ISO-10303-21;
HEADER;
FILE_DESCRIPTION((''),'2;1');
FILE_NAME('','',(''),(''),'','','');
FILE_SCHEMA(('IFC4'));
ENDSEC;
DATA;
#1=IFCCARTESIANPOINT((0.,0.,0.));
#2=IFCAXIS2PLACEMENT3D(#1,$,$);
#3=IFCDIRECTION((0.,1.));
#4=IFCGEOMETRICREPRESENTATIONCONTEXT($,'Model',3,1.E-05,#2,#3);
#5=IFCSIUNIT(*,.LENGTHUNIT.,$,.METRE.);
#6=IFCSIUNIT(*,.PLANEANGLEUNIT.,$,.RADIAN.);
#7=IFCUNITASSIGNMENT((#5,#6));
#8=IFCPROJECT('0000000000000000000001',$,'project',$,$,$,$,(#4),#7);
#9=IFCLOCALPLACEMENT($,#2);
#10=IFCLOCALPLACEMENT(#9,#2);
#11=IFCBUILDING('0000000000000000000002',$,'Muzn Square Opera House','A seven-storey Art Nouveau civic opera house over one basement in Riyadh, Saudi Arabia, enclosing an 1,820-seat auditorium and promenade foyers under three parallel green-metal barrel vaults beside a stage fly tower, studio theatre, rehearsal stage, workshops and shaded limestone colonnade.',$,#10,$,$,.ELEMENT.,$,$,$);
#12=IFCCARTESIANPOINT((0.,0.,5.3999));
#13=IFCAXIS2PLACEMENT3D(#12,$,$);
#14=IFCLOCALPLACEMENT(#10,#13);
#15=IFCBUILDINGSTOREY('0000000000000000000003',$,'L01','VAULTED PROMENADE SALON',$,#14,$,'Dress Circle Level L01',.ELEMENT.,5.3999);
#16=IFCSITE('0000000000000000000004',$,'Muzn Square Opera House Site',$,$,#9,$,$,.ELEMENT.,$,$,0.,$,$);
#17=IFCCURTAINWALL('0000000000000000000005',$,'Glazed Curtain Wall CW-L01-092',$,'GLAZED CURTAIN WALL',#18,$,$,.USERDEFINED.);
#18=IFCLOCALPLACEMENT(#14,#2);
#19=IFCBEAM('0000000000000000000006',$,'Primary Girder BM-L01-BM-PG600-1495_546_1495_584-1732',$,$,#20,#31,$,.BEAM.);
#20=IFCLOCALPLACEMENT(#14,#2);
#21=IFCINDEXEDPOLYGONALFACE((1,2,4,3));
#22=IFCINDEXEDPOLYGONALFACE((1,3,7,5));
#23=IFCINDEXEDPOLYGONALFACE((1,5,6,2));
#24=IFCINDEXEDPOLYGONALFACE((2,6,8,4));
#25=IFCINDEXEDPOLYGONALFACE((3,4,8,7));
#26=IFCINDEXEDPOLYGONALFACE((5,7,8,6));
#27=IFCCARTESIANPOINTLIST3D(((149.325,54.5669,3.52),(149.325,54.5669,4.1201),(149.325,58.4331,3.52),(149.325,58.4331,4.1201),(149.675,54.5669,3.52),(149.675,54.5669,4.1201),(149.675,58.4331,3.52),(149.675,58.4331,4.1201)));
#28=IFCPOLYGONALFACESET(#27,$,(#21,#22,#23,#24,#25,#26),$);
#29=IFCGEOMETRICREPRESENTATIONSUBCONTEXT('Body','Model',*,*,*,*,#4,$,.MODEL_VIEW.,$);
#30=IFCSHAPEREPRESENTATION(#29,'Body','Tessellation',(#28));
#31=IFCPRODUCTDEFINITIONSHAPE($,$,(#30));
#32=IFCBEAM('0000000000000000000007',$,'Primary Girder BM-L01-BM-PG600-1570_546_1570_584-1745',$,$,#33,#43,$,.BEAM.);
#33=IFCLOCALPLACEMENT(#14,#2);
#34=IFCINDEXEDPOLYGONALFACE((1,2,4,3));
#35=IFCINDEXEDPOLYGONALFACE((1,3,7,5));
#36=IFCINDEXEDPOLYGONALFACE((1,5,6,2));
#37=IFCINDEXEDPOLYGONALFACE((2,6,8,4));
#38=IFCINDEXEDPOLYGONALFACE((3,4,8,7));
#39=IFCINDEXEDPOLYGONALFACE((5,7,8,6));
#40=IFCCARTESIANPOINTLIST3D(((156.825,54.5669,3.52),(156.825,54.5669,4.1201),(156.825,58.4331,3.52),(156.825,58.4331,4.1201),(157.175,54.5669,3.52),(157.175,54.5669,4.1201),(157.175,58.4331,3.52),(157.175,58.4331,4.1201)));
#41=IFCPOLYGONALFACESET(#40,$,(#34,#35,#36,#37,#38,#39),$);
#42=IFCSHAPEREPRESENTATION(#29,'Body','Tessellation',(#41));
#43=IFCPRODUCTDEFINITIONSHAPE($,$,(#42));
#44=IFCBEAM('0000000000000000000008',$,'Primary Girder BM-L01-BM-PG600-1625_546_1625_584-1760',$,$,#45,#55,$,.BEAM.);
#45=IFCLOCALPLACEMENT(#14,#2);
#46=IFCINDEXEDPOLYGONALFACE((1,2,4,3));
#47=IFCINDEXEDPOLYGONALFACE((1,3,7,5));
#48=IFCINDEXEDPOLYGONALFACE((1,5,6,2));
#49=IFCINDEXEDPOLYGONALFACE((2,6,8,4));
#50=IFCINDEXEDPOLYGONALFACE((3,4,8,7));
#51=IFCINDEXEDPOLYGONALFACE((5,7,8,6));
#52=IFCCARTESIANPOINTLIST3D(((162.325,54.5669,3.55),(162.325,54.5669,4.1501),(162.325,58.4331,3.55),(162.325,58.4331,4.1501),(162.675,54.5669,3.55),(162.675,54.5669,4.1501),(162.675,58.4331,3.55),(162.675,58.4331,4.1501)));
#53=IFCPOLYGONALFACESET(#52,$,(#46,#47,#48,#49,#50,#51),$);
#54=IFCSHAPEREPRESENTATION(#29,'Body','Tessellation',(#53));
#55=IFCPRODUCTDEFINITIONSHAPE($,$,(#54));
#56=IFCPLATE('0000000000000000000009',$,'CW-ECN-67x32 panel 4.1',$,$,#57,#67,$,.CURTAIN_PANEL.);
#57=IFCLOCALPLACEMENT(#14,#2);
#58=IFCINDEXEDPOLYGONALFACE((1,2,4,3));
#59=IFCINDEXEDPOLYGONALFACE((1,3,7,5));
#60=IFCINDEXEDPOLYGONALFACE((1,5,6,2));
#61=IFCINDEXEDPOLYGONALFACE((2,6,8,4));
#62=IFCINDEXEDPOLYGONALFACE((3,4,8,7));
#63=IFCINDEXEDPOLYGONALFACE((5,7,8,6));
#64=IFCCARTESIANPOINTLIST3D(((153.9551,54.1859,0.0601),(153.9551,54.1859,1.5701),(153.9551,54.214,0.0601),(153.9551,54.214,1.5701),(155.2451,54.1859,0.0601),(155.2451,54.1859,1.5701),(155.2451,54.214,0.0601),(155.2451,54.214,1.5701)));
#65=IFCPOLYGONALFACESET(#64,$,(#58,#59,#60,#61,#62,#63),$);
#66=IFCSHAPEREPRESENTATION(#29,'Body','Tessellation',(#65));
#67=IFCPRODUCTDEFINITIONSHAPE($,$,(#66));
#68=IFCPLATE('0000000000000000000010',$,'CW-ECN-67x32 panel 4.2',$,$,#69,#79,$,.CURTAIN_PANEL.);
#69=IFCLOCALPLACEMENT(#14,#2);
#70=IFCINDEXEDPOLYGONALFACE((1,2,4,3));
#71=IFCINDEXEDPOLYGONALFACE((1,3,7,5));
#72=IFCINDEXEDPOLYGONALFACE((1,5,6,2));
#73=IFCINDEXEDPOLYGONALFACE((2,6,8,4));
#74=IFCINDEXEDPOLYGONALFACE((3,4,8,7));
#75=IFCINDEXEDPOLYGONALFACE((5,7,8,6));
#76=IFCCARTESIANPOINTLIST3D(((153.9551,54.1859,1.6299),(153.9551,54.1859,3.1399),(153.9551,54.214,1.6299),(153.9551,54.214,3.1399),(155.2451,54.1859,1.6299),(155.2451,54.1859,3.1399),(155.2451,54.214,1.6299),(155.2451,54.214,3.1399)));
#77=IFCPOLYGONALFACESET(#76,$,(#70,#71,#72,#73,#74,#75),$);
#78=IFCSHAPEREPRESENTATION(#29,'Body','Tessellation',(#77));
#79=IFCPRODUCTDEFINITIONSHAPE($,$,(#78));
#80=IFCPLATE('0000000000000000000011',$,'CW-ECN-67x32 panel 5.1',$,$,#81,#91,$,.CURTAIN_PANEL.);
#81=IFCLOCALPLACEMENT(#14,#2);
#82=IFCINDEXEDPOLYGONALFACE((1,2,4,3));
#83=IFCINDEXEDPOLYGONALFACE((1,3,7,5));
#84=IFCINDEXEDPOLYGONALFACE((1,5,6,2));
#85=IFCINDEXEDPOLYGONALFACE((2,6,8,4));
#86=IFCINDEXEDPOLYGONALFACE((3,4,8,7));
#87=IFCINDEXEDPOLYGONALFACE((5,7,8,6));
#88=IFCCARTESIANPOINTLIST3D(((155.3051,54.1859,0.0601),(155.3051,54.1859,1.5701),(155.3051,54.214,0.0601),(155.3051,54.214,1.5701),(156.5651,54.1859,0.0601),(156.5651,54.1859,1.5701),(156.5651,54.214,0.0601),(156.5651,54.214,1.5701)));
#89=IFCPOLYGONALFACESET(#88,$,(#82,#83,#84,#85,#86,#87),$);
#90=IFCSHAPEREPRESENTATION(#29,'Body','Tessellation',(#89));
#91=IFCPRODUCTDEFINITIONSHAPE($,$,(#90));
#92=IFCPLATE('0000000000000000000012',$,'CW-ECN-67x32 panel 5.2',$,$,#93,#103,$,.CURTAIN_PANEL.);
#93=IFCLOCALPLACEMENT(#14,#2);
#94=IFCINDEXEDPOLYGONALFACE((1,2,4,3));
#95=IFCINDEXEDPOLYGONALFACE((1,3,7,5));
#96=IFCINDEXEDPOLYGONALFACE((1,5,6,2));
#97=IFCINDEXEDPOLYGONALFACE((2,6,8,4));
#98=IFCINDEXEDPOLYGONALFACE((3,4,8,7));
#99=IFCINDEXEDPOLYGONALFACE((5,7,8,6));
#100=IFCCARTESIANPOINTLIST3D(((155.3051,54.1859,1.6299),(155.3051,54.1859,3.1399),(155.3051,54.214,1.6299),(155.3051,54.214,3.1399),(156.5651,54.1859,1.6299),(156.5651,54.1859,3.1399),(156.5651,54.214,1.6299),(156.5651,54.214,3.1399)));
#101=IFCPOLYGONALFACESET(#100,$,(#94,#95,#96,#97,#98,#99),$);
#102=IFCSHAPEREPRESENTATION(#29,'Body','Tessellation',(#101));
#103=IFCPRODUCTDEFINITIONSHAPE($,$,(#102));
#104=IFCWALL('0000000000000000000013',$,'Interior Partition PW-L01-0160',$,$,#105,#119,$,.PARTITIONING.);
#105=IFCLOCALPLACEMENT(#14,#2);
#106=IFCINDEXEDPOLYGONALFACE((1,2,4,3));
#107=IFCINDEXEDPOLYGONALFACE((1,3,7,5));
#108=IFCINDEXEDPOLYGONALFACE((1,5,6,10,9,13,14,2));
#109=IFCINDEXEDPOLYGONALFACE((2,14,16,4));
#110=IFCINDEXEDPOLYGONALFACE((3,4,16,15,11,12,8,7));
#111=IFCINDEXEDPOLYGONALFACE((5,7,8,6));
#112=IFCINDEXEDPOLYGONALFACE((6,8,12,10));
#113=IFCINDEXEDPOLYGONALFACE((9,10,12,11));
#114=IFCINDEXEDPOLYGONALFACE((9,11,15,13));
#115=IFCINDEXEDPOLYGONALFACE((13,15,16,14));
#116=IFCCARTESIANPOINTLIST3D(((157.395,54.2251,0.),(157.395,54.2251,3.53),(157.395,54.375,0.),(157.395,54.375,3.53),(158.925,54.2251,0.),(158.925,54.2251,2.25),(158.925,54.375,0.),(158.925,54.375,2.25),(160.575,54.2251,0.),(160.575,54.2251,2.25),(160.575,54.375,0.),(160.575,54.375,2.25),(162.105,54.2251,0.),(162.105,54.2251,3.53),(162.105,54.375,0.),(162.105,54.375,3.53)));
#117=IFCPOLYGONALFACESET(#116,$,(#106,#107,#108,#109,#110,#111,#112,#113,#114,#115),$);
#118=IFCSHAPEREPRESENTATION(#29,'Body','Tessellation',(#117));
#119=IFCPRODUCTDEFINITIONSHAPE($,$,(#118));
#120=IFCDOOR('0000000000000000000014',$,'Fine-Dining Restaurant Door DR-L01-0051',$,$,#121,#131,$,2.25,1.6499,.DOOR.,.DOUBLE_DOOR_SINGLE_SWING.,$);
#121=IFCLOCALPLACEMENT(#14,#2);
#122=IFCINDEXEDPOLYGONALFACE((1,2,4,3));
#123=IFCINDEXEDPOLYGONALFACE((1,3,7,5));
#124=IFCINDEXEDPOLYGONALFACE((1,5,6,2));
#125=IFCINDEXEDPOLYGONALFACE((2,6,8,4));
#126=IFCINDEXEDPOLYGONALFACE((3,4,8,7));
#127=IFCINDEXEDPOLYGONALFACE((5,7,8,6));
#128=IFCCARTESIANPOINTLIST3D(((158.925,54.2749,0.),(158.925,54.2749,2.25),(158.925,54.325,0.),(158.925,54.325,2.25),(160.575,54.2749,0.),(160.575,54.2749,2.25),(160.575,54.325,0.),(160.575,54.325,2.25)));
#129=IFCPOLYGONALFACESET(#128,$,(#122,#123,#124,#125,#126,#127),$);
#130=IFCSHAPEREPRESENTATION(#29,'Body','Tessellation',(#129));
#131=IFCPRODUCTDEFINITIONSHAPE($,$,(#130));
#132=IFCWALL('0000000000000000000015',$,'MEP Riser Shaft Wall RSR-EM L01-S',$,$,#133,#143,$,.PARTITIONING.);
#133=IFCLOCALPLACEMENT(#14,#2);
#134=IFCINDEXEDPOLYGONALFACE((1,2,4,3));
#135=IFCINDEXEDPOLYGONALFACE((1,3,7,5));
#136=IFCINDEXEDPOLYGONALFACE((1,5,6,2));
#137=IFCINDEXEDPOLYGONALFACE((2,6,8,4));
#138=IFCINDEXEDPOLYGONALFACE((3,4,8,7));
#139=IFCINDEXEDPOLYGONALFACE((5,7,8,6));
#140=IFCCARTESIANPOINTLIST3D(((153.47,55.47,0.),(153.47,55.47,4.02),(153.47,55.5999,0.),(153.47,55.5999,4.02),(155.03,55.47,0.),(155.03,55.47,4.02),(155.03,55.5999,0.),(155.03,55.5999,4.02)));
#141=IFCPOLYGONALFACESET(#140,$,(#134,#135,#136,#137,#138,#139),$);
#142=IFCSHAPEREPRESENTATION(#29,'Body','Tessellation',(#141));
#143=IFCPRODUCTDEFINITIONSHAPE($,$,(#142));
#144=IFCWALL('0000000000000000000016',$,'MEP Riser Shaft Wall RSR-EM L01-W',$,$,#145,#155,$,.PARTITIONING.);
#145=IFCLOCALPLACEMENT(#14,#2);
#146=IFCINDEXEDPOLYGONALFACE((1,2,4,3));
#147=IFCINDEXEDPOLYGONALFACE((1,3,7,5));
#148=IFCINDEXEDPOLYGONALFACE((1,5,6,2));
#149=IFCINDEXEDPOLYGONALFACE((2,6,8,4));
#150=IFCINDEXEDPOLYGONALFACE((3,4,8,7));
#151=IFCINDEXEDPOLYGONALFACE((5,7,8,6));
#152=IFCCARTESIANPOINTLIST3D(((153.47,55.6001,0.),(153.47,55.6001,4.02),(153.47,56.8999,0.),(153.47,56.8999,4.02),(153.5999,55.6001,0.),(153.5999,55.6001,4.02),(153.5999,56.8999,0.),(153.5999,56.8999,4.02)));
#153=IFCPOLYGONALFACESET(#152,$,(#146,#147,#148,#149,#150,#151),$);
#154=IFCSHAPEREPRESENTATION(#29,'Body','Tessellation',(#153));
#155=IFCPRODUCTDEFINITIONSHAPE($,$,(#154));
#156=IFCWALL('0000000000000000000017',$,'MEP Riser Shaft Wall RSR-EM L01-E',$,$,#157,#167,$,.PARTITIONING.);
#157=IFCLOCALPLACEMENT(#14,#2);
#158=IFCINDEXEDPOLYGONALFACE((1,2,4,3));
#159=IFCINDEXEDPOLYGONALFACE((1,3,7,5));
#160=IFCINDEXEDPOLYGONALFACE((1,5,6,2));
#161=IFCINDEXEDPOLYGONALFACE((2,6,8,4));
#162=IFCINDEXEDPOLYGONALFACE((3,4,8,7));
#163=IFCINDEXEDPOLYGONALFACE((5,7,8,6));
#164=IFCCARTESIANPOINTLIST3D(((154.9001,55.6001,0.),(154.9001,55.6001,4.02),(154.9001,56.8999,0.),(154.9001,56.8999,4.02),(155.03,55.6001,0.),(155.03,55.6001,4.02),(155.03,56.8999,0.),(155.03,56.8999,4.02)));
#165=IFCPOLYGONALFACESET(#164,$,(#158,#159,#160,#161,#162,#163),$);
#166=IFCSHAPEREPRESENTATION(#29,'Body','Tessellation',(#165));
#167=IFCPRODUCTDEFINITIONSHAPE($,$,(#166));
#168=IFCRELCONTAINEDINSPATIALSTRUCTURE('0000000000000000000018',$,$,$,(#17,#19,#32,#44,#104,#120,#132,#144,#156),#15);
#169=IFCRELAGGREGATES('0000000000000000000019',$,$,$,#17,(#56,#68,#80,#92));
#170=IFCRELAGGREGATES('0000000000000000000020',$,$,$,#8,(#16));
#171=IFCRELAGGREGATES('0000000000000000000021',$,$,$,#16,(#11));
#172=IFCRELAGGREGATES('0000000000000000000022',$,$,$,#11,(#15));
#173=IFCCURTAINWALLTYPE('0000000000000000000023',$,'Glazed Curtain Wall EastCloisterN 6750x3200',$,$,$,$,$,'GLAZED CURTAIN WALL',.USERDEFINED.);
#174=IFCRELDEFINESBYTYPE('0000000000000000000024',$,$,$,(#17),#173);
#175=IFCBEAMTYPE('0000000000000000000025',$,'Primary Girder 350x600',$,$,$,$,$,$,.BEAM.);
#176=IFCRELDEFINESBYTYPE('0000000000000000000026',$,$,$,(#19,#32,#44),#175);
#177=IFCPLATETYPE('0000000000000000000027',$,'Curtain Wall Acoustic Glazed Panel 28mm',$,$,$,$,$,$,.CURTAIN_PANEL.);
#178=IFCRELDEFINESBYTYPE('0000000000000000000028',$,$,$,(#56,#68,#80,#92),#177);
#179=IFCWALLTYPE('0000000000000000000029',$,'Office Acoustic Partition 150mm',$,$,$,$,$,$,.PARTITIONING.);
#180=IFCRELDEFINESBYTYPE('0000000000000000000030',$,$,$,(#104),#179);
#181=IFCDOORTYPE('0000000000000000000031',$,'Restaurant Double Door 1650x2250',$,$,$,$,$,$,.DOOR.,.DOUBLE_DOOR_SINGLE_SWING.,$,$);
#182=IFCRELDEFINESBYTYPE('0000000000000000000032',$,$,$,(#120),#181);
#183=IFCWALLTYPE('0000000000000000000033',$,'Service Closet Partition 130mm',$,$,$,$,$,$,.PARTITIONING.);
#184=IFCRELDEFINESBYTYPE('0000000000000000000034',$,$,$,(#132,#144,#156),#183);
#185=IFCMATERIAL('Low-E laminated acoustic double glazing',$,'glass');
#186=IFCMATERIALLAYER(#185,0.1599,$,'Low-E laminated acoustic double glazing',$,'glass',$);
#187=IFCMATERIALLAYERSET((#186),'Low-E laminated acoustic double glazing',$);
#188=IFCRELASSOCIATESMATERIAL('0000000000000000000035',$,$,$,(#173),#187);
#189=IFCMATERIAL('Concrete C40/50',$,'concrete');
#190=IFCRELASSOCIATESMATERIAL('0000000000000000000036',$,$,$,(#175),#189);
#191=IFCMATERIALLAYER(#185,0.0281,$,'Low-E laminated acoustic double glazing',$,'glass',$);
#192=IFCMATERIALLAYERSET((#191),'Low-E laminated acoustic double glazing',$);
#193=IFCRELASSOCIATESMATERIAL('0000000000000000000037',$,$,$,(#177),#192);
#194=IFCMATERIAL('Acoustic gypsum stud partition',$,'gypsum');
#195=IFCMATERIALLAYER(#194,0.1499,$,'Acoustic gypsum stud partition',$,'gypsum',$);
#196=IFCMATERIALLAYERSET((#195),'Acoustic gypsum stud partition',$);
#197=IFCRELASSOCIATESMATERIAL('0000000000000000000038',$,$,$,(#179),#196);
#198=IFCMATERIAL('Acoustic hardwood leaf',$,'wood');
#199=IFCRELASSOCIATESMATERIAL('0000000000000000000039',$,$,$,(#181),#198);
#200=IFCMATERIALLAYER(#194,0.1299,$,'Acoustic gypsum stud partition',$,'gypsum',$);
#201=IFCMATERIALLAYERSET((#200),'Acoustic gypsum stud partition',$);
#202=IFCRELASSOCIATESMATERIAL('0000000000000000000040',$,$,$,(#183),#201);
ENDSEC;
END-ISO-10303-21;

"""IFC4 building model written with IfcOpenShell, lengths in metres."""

from ifc_helpers import new_model, si_unit, direction, frame, frame_2d, origin, origin_2d, place, context, subcontext, project, spatial, rectangle, extrude, material, layer, layer_set, material_profile, profile_set, type_object, element, fill, aggregate, save


model = new_model("IFC4")

# Units and contexts
model_context = context("Model", 3, precision=1e-05, world=origin(), true_north=direction((0.0, 1.0)))
body_context = subcontext(model_context, "Body", "Model", "MODEL_VIEW")
ifc_project = project(units=[si_unit("LENGTHUNIT", "METRE"), si_unit("PLANEANGLEUNIT", "RADIAN")], contexts=[model_context])

# Site, building, storey
site_placement = place(None, origin())
site = spatial("IfcSite", under=ifc_project, at=site_placement, Name="Muzn Square Opera House Site", CompositionType="ELEMENT", RefElevation=0.0)
building_placement = place(site_placement, origin())
building = spatial("IfcBuilding", under=site, at=building_placement, Name="Muzn Square Opera House", Description="A seven-storey Art Nouveau civic opera house over one basement in Riyadh, Saudi Arabia, enclosing an 1,820-seat auditorium and promenade foyers under three parallel green-metal barrel vaults beside a stage fly tower, studio theatre, rehearsal stage, workshops and shaded limestone colonnade.", CompositionType="ELEMENT")
storey_placement = place(building_placement, frame((0.0, 0.0, 5.3999)))
storey = spatial("IfcBuildingStorey", under=building, at=storey_placement, Name="L01", Description="VAULTED PROMENADE SALON", LongName="Dress Circle Level L01", CompositionType="ELEMENT", Elevation=5.3999)

# Curtain wall
ifc_material_1 = material(Name="Low-E laminated acoustic double glazing", Category="glass")
ifc_layer_1 = layer(ifc_material_1, 0.1599, Name="Low-E laminated acoustic double glazing", Category="glass")
ifc_layer_set_1 = layer_set([ifc_layer_1], Name="Low-E laminated acoustic double glazing")
curtain_wall_type = type_object("IfcCurtainWallType", Name="Glazed Curtain Wall EastCloisterN 6750x3200", ElementType="GLAZED CURTAIN WALL", PredefinedType="USERDEFINED", material=ifc_layer_set_1)
curtain_wall_placement = place(storey_placement, origin())
curtain_wall = element("IfcCurtainWall", 1, at=curtain_wall_placement, inside=storey, type_object=curtain_wall_type, Name="Glazed Curtain Wall CW-L01-092", ObjectType="GLAZED CURTAIN WALL", PredefinedType="USERDEFINED")

# Beams
ifc_material_2 = material(Name="Concrete C40/50", Category="concrete")
ifc_material_profile_1 = material_profile(ifc_material_2, rectangle(XDim=0.3501, YDim=0.6001, at=origin_2d()), Name="RCB 350x600", Category="concrete")
ifc_profile_set_1 = profile_set([ifc_material_profile_1], Name="Concrete C40/50")
beam_type = type_object("IfcBeamType", Name="Primary Girder 350x600", PredefinedType="BEAM", material=ifc_profile_set_1)
for number, where, z_axis, x_axis, name in (
    (2, (149.5, 54.5669, 3.8201), (0.0, 1.0, 0.0), (-1.0, 0.0, 0.0), "Primary Girder BM-L01-BM-PG600-1495_546_1495_584-1732"),
    (3, (157.0, 54.5669, 3.8201), (0.0, 1.0, 0.0), (-1.0, 0.0, 0.0), "Primary Girder BM-L01-BM-PG600-1570_546_1570_584-1745"),
    (4, (162.5, 54.5669, 3.8501), (0.0, 1.0, 0.0), (-1.0, 0.0, 0.0), "Primary Girder BM-L01-BM-PG600-1625_546_1625_584-1760"),
):
    element("IfcBeam", number, at=place(storey_placement, frame(where, z_axis=z_axis, x_axis=x_axis)), inside=storey, type_object=beam_type, Name=name, PredefinedType="BEAM", context=body_context, shape_type="SweptSolid", body=[
        extrude(rectangle(XDim=0.3501, YDim=0.6001, at=origin_2d()), origin(), (0.0, 0.0, 1.0), 3.8662),
    ])

# Plates
ifc_layer_2 = layer(ifc_material_1, 0.0281, Name="Low-E laminated acoustic double glazing", Category="glass")
ifc_layer_set_2 = layer_set([ifc_layer_2], Name="Low-E laminated acoustic double glazing")
plate_type = type_object("IfcPlateType", Name="Curtain Wall Acoustic Glazed Panel 28mm", PredefinedType="CURTAIN_PANEL", material=ifc_layer_set_2)
plate_1_placement = place(storey_placement, frame((154.6001, 54.2, 0.0601), z_axis=(0.0, 0.0, 1.0), x_axis=(1.0, 0.0, 0.0)))
plate_1 = element("IfcPlate", 5, at=plate_1_placement, type_object=plate_type, Name="CW-ECN-67x32 panel 4.1", PredefinedType="CURTAIN_PANEL", context=body_context, shape_type="SweptSolid", body=[
    extrude(rectangle(XDim=1.29, YDim=0.0281, at=origin_2d()), origin(), (0.0, 0.0, 1.0), 1.51),
])
plate_2_placement = place(storey_placement, frame((154.6001, 54.2, 1.6299), z_axis=(0.0, 0.0, 1.0), x_axis=(1.0, 0.0, 0.0)))
plate_2 = element("IfcPlate", 6, at=plate_2_placement, type_object=plate_type, Name="CW-ECN-67x32 panel 4.2", PredefinedType="CURTAIN_PANEL", context=body_context, shape_type="SweptSolid", body=[
    extrude(rectangle(XDim=1.29, YDim=0.0281, at=origin_2d()), origin(), (0.0, 0.0, 1.0), 1.51),
])
plate_3_placement = place(storey_placement, frame((155.9351, 54.2, 0.0601), z_axis=(0.0, 0.0, 1.0), x_axis=(1.0, 0.0, 0.0)))
plate_3 = element("IfcPlate", 7, at=plate_3_placement, type_object=plate_type, Name="CW-ECN-67x32 panel 5.1", PredefinedType="CURTAIN_PANEL", context=body_context, shape_type="SweptSolid", body=[
    extrude(rectangle(XDim=1.26, YDim=0.0281, at=origin_2d()), origin(), (0.0, 0.0, 1.0), 1.51),
])
plate_4_placement = place(storey_placement, frame((155.9351, 54.2, 1.6299), z_axis=(0.0, 0.0, 1.0), x_axis=(1.0, 0.0, 0.0)))
plate_4 = element("IfcPlate", 8, at=plate_4_placement, type_object=plate_type, Name="CW-ECN-67x32 panel 5.2", PredefinedType="CURTAIN_PANEL", context=body_context, shape_type="SweptSolid", body=[
    extrude(rectangle(XDim=1.26, YDim=0.0281, at=origin_2d()), origin(), (0.0, 0.0, 1.0), 1.51),
])
aggregate(curtain_wall, [plate_1, plate_2, plate_3, plate_4])

# Wall, opening, door
ifc_material_3 = material(Name="Acoustic gypsum stud partition", Category="gypsum")
ifc_layer_3 = layer(ifc_material_3, 0.1499, Name="Acoustic gypsum stud partition", Category="gypsum")
ifc_layer_set_3 = layer_set([ifc_layer_3], Name="Acoustic gypsum stud partition")
wall_type_1 = type_object("IfcWallType", Name="Office Acoustic Partition 150mm", PredefinedType="PARTITIONING", material=ifc_layer_set_3)
wall_1_placement = place(storey_placement, frame((157.395, 54.3, 0.0), z_axis=(0.0, 0.0, 1.0), x_axis=(1.0, 0.0, 0.0)))
wall_1 = element("IfcWall", 9, at=wall_1_placement, inside=storey, type_object=wall_type_1, Name="Interior Partition PW-L01-0160", PredefinedType="PARTITIONING", context=body_context, shape_type="SweptSolid", body=[
    extrude(rectangle(XDim=4.71, YDim=0.1499, at=frame_2d((2.355, 0.0))), origin(), (0.0, 0.0, 1.0), 3.53),
])
opening_placement = place(wall_1_placement, frame((1.53, 0.0, 0.0)))
opening = element("IfcOpeningElement", 10, at=opening_placement, cuts=wall_1, PredefinedType="OPENING", context=body_context, shape_type="SweptSolid", body=[
    extrude(rectangle(XDim=1.6499, YDim=2.25, at=frame_2d((0.825, 1.125))), frame((0.0, 0.085, 0.0), z_axis=(0.0, -1.0, 0.0), x_axis=(1.0, 0.0, 0.0)), (0.0, 0.0, 1.0), 0.1699),
])
ifc_material_4 = material(Name="Acoustic hardwood leaf", Category="wood")
door_type = type_object("IfcDoorType", Name="Restaurant Double Door 1650x2250", OperationType="DOUBLE_DOOR_SINGLE_SWING", PredefinedType="DOOR", material=ifc_material_4)
door_placement = place(opening_placement, origin())
door = element("IfcDoor", 11, at=door_placement, inside=storey, type_object=door_type, Name="Fine-Dining Restaurant Door DR-L01-0051", OperationType="DOUBLE_DOOR_SINGLE_SWING", OverallHeight=2.25, OverallWidth=1.6499, PredefinedType="DOOR", context=body_context, shape_type="SweptSolid", body=[
    extrude(rectangle(XDim=1.6499, YDim=2.25, at=frame_2d((0.825, 1.125))), frame((0.0, 0.0249, 0.0), z_axis=(0.0, -1.0, 0.0), x_axis=(1.0, 0.0, 0.0)), (0.0, 0.0, 1.0), 0.05),
])
fill(opening, door)

# Walls
ifc_layer_4 = layer(ifc_material_3, 0.1299, Name="Acoustic gypsum stud partition", Category="gypsum")
ifc_layer_set_4 = layer_set([ifc_layer_4], Name="Acoustic gypsum stud partition")
wall_type_2 = type_object("IfcWallType", Name="Service Closet Partition 130mm", PredefinedType="PARTITIONING", material=ifc_layer_set_4)
wall_2_placement = place(storey_placement, frame((153.47, 55.5349, 0.0), z_axis=(0.0, 0.0, 1.0), x_axis=(1.0, 0.0, 0.0)))
element("IfcWall", 12, at=wall_2_placement, inside=storey, type_object=wall_type_2, Name="MEP Riser Shaft Wall RSR-EM L01-S", PredefinedType="PARTITIONING", context=body_context, shape_type="SweptSolid", body=[
    extrude(rectangle(XDim=1.5601, YDim=0.1299, at=frame_2d((0.78, 0.0))), origin(), (0.0, 0.0, 1.0), 4.02),
])
for number, where, z_axis, x_axis, name in (
    (13, (153.5349, 55.6001, 0.0), (0.0, 0.0, 1.0), (0.0, 1.0, 0.0), "MEP Riser Shaft Wall RSR-EM L01-W"),
    (14, (154.9651, 55.6001, 0.0), (0.0, 0.0, 1.0), (0.0, 1.0, 0.0), "MEP Riser Shaft Wall RSR-EM L01-E"),
):
    element("IfcWall", number, at=place(storey_placement, frame(where, z_axis=z_axis, x_axis=x_axis)), inside=storey, type_object=wall_type_2, Name=name, PredefinedType="PARTITIONING", context=body_context, shape_type="SweptSolid", body=[
        extrude(rectangle(XDim=1.2998, YDim=0.1299, at=frame_2d((0.6499, 0.0))), origin(), (0.0, 0.0, 1.0), 4.02),
    ])

save(model, "model.ifc")
